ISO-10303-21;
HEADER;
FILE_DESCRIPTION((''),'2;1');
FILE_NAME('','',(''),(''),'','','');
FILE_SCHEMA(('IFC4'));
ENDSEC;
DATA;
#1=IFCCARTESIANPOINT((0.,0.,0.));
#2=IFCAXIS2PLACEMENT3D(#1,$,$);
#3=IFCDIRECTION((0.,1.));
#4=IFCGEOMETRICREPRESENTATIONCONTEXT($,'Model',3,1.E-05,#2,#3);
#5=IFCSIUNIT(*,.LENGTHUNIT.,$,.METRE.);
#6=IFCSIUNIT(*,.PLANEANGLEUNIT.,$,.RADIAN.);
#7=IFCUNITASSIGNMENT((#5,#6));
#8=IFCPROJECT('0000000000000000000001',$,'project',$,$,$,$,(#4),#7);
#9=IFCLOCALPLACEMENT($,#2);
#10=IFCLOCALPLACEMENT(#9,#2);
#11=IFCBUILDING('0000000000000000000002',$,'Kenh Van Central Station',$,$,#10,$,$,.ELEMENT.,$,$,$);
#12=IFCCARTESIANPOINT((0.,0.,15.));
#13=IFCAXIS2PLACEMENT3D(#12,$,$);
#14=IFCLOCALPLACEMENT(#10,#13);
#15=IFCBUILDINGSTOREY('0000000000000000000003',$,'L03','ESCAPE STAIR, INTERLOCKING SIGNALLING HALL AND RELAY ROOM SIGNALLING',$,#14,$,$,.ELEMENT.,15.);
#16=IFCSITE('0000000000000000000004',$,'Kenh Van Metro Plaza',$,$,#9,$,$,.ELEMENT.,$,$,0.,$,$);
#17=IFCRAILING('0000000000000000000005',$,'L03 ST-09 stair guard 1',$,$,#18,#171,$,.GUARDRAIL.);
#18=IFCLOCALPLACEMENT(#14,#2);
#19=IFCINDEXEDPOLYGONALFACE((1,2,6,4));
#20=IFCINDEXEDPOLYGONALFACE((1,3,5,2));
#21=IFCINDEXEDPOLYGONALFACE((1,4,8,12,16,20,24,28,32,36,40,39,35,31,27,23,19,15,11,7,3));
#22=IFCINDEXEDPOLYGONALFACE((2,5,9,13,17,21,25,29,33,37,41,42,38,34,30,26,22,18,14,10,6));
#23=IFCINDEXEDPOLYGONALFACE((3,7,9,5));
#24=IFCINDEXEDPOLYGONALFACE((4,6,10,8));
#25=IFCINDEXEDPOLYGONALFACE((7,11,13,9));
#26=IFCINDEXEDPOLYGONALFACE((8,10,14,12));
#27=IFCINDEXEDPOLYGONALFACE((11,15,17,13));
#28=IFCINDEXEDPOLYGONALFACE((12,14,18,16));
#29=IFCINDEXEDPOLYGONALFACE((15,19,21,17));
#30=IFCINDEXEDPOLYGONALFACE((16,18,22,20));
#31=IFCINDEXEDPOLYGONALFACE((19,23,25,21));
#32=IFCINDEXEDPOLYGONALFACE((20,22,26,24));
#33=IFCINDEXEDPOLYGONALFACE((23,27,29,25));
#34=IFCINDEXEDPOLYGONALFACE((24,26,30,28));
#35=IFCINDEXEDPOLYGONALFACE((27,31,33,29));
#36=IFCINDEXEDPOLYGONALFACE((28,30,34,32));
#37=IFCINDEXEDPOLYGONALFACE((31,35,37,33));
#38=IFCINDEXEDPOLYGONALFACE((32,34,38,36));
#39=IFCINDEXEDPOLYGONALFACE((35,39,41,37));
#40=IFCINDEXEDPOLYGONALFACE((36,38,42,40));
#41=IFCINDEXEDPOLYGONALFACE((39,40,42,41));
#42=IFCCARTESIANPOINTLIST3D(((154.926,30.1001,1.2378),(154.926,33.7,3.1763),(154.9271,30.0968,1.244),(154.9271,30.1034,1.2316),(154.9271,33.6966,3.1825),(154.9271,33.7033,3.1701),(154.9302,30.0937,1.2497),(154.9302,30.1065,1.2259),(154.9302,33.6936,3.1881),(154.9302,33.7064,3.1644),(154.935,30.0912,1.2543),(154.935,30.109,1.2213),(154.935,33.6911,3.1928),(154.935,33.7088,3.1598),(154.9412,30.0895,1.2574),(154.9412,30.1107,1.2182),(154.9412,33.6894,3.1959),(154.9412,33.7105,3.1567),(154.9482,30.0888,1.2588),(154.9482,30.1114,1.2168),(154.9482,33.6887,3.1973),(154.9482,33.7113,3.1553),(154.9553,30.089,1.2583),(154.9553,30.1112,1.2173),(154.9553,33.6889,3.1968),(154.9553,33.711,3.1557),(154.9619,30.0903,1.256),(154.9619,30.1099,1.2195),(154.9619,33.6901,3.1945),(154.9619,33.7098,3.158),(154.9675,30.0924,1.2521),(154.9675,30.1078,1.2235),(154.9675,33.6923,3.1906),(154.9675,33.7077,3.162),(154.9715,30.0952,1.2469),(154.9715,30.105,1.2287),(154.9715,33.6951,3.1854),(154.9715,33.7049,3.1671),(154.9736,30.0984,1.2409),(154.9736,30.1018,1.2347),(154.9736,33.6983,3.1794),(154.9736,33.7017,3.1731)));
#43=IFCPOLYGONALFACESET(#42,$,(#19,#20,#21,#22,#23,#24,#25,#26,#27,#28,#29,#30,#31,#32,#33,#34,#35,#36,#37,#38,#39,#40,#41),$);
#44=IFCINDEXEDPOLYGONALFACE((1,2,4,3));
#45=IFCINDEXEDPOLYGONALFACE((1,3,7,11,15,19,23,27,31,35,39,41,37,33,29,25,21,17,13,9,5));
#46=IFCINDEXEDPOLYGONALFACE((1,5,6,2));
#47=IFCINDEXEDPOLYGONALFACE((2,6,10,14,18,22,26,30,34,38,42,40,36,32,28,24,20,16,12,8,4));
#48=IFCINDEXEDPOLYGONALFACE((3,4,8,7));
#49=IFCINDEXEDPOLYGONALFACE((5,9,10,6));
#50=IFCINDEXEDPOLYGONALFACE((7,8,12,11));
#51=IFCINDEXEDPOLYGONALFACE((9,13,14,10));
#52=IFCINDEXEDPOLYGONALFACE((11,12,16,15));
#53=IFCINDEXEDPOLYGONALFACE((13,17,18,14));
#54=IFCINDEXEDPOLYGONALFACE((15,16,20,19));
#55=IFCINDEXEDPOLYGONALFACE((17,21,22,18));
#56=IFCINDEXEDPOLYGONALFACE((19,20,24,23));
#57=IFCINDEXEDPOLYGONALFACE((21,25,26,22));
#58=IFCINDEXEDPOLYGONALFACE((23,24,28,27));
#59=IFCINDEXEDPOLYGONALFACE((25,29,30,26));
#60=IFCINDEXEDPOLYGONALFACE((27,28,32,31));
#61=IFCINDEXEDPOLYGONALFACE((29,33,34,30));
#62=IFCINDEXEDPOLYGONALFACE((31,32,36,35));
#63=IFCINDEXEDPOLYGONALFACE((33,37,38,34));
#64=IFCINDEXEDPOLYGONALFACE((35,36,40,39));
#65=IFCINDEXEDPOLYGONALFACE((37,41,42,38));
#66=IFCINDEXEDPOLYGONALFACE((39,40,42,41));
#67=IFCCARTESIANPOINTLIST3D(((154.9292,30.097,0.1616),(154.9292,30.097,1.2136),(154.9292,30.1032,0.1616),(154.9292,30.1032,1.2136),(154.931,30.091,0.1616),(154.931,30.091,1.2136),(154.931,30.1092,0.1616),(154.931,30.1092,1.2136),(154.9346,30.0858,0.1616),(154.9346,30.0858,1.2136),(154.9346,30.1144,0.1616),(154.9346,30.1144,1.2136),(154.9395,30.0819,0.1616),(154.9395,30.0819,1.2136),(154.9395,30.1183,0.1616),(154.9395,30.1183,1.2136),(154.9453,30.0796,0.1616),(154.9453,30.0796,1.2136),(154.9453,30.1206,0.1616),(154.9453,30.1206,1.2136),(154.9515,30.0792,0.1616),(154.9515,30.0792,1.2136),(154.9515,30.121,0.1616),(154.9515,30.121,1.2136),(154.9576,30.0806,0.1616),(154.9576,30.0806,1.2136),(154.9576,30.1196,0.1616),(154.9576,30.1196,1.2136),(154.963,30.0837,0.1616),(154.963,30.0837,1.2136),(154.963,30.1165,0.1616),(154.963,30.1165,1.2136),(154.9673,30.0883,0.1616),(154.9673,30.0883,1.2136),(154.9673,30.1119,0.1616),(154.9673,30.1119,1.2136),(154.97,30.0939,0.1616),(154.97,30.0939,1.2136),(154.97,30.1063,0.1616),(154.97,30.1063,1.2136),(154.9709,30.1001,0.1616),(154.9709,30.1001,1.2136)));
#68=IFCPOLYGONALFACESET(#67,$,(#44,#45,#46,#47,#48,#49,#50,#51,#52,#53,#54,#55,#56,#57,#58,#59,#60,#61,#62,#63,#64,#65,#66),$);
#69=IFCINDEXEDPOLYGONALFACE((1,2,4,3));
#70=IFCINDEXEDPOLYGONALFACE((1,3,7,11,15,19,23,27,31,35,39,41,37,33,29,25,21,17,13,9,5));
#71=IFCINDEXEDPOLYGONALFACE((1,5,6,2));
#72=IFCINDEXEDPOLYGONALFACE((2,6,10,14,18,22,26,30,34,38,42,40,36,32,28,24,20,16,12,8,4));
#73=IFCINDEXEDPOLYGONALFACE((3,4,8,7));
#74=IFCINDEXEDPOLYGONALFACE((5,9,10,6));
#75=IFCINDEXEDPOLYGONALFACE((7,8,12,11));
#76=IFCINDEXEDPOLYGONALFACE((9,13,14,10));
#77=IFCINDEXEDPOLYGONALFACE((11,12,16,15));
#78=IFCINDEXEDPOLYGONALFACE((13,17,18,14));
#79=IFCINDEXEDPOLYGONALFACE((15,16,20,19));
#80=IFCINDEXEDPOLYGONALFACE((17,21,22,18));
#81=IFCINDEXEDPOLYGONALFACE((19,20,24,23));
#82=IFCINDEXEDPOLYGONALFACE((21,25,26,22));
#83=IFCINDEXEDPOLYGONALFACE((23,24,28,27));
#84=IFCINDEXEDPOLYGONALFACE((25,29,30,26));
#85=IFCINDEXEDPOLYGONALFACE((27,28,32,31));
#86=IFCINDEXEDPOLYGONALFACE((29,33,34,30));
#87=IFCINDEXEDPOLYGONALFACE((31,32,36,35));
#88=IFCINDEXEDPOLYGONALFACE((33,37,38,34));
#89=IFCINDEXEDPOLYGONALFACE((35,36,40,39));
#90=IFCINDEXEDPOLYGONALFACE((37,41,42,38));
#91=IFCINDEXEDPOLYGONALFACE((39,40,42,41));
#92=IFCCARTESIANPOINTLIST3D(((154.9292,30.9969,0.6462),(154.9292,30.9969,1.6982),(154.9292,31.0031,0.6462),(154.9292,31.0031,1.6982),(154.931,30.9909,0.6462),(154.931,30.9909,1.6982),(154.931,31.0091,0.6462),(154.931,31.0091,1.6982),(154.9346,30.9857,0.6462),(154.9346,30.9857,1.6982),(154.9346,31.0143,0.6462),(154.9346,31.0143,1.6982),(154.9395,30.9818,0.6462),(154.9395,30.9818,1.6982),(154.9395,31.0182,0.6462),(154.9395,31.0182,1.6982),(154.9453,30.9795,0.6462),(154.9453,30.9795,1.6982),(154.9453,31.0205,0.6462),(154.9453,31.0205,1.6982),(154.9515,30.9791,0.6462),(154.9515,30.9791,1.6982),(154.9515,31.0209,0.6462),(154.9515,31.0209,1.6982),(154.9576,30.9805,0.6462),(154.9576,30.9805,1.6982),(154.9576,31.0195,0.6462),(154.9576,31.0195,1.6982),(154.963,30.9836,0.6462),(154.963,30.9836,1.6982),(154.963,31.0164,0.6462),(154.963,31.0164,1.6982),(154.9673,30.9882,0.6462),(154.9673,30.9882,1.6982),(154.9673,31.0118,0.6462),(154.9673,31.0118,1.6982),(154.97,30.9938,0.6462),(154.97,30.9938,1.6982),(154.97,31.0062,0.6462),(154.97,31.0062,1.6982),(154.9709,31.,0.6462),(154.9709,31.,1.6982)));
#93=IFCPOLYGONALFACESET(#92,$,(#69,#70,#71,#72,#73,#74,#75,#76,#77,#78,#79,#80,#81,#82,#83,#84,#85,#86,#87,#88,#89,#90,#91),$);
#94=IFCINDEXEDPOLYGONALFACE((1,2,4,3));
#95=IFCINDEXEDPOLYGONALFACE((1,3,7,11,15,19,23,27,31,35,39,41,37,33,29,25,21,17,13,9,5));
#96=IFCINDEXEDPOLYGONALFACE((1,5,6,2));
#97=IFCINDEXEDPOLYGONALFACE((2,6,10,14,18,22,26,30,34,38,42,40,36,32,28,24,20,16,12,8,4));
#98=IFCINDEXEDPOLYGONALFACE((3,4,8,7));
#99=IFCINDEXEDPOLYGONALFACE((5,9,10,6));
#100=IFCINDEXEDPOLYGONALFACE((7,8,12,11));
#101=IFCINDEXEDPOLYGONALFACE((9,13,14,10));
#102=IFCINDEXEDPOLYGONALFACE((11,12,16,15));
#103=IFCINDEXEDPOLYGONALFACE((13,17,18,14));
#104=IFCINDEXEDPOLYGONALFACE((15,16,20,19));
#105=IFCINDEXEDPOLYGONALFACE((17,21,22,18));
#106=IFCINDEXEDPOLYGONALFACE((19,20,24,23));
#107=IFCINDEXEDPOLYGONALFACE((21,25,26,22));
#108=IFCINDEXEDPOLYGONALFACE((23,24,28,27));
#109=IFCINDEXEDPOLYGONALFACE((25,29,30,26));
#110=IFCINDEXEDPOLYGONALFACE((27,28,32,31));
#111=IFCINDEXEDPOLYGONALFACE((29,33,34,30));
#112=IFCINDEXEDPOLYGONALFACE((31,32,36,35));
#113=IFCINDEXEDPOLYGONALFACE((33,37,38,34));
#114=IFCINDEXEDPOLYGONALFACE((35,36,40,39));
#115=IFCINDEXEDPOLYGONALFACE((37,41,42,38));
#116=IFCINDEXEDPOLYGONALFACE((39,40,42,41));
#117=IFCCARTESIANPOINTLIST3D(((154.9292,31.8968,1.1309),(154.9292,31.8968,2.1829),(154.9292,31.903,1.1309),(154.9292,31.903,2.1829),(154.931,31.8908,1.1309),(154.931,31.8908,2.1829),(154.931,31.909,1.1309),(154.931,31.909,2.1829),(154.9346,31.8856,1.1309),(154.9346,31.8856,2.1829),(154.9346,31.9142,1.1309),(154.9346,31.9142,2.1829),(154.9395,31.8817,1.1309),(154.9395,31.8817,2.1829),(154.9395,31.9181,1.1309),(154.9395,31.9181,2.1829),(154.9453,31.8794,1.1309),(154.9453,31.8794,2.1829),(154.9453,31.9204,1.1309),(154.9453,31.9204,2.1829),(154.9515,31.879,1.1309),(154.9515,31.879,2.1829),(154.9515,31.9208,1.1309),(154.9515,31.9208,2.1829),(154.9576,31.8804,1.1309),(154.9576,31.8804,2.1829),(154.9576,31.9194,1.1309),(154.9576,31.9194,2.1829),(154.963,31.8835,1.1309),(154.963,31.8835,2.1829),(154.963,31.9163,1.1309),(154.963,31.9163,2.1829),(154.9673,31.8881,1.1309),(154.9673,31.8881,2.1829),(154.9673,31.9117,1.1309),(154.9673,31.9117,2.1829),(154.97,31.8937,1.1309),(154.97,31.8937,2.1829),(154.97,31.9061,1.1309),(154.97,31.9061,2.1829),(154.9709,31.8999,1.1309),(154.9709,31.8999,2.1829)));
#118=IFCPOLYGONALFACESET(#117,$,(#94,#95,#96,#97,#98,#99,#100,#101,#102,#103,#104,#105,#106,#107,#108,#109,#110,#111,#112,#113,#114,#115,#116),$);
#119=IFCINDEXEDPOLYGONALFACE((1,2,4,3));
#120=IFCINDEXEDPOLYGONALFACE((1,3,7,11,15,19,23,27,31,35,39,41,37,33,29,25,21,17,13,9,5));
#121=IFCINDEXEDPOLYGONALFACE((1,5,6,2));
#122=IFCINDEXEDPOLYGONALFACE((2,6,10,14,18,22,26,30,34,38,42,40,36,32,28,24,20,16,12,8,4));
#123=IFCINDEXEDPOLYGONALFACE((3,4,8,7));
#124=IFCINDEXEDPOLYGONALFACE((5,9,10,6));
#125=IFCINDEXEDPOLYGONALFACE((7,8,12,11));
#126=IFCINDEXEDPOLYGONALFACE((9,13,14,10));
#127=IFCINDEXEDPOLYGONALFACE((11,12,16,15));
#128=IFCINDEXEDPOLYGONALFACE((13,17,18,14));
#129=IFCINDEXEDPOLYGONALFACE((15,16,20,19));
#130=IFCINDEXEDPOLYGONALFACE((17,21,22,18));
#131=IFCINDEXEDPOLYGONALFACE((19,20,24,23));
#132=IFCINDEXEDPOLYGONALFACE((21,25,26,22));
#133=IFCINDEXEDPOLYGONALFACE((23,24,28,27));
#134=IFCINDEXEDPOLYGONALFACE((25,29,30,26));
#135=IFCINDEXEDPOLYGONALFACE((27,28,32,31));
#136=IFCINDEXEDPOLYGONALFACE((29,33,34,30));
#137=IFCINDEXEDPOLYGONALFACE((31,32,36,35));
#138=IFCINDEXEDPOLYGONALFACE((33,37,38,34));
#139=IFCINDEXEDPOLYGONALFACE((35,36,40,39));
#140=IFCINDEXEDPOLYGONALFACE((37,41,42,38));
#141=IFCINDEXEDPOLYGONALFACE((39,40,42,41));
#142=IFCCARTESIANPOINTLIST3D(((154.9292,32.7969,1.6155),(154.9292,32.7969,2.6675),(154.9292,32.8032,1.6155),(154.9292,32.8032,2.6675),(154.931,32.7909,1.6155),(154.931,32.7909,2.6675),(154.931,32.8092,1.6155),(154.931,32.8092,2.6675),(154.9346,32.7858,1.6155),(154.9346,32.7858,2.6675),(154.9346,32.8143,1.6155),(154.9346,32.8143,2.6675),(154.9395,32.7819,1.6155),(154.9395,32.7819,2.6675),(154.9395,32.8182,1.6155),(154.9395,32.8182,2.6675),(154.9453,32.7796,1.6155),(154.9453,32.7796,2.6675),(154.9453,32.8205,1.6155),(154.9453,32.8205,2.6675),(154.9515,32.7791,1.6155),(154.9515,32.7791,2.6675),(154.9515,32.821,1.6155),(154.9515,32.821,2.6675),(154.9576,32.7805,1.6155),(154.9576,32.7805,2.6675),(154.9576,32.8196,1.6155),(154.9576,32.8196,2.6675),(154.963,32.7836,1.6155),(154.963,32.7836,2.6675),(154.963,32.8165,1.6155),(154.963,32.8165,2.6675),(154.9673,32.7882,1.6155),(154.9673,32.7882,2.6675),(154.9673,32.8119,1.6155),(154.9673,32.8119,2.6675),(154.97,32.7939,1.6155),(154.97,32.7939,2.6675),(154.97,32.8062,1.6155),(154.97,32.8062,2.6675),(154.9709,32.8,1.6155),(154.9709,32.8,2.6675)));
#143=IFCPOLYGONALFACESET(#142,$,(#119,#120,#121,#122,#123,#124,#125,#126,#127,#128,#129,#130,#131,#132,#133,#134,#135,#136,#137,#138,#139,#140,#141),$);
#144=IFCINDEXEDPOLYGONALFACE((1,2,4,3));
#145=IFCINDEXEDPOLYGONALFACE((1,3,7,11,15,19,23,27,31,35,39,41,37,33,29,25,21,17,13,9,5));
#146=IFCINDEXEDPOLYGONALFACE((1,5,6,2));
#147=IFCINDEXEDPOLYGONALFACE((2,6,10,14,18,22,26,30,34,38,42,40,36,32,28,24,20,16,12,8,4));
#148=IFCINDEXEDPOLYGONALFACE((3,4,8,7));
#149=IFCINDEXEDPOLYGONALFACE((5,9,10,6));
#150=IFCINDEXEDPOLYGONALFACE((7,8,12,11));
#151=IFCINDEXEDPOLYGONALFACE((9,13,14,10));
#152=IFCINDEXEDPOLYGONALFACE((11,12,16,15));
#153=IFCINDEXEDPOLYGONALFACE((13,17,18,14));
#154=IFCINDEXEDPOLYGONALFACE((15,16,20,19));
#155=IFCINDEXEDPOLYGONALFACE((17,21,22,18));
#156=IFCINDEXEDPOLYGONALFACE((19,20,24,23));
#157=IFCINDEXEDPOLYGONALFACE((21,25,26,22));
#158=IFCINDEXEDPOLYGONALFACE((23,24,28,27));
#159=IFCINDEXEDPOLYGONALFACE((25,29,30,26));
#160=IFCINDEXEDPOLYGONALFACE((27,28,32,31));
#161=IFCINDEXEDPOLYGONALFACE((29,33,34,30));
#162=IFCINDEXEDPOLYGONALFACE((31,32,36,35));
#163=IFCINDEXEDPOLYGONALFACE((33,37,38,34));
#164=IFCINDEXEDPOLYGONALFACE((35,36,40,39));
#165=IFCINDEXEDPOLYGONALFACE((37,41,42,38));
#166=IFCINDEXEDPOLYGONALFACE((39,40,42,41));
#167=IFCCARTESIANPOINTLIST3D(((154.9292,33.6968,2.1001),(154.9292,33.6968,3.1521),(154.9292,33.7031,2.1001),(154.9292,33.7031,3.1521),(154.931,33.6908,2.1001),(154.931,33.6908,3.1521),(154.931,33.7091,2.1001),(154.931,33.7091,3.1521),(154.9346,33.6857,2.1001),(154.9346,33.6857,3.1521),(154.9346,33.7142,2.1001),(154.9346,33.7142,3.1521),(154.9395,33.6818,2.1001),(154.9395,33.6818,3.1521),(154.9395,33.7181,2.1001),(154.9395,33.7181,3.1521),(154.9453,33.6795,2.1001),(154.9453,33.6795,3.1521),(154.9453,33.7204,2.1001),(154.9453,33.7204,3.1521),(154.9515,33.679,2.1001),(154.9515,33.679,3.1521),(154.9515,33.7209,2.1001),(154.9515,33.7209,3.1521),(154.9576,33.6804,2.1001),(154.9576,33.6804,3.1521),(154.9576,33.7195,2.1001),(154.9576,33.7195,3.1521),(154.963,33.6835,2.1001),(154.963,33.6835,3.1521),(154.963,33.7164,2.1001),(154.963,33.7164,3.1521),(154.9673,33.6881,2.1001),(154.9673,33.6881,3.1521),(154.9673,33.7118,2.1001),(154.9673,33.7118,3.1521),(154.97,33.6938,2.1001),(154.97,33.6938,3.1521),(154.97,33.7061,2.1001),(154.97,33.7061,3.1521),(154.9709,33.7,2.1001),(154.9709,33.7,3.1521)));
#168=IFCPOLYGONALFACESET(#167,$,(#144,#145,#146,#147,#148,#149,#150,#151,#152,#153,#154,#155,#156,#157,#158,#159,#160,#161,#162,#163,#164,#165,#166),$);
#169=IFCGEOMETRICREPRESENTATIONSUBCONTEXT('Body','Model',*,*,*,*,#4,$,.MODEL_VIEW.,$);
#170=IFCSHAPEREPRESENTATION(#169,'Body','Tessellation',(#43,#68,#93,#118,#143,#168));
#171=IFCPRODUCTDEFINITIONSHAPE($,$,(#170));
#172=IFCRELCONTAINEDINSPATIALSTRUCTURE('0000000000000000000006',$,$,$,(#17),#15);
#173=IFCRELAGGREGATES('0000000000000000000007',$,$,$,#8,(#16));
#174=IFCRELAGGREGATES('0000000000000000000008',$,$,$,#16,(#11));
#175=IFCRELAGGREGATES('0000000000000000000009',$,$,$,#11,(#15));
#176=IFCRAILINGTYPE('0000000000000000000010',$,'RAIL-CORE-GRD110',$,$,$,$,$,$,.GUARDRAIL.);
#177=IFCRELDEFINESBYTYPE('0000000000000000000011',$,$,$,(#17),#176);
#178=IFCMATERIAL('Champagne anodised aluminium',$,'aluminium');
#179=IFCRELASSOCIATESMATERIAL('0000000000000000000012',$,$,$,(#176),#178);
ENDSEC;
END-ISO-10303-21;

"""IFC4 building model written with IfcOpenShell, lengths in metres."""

from ifc_helpers import new_model, si_unit, direction, frame, origin, origin_2d, place, context, subcontext, project, spatial, circle, extrude, material, type_object, element, save


model = new_model("IFC4")

# Units and contexts
model_context = context("Model", 3, precision=1e-05, world=origin(), true_north=direction((0.0, 1.0)))
body_context = subcontext(model_context, "Body", "Model", "MODEL_VIEW")
ifc_project = project(units=[si_unit("LENGTHUNIT", "METRE"), si_unit("PLANEANGLEUNIT", "RADIAN")], contexts=[model_context])

# Site, building, storey
site_placement = place(None, origin())
site = spatial("IfcSite", under=ifc_project, at=site_placement, Name="Kenh Van Metro Plaza", CompositionType="ELEMENT", RefElevation=0.0)
building_placement = place(site_placement, origin())
building = spatial("IfcBuilding", under=site, at=building_placement, Name="Kenh Van Central Station", CompositionType="ELEMENT")
storey_placement = place(building_placement, frame((0.0, 0.0, 15.0)))
storey = spatial("IfcBuildingStorey", under=building, at=storey_placement, Name="L03", Description="ESCAPE STAIR, INTERLOCKING SIGNALLING HALL AND RELAY ROOM SIGNALLING", CompositionType="ELEMENT", Elevation=15.0)

# Shared definitions
ifc_material_1 = material(Name="Champagne anodised aluminium", Category="aluminium")

# Railing
railing_type_1 = type_object("IfcRailingType", Name="RAIL-CORE-GRD110", PredefinedType="GUARDRAIL", material=ifc_material_1)
railing_1_placement = place(storey_placement, frame((154.95, 30.1001, 0.1616)))
element("IfcRailing", 1, at=railing_1_placement, inside=storey, type_object=railing_type_1, Name="L03 ST-09 stair guard 1", PredefinedType="GUARDRAIL", context=body_context, shape_type="SweptSolid", body=[
    extrude(circle(Radius=0.0239, at=origin_2d()), frame((0.0, 0.0, 1.0762), z_axis=(0.0, 0.880462, 0.474118), x_axis=(-1.0, 0.0, 0.0)), (0.0, 0.0, 1.0), 4.0886),
    extrude(circle(Radius=0.021, at=origin_2d()), origin(), (0.0, 0.0, 1.0), 1.052),
    extrude(circle(Radius=0.021, at=origin_2d()), frame((0.0, 0.8999, 0.4846)), (0.0, 0.0, 1.0), 1.052),
    extrude(circle(Radius=0.021, at=origin_2d()), frame((0.0, 1.7998, 0.9692)), (0.0, 0.0, 1.0), 1.052),
    extrude(circle(Radius=0.021, at=origin_2d()), frame((0.0, 2.7, 1.4539)), (0.0, 0.0, 1.0), 1.052),
    extrude(circle(Radius=0.021, at=origin_2d()), frame((0.0, 3.5999, 1.9385)), (0.0, 0.0, 1.0), 1.052),
])

save(model, "model.ifc")
